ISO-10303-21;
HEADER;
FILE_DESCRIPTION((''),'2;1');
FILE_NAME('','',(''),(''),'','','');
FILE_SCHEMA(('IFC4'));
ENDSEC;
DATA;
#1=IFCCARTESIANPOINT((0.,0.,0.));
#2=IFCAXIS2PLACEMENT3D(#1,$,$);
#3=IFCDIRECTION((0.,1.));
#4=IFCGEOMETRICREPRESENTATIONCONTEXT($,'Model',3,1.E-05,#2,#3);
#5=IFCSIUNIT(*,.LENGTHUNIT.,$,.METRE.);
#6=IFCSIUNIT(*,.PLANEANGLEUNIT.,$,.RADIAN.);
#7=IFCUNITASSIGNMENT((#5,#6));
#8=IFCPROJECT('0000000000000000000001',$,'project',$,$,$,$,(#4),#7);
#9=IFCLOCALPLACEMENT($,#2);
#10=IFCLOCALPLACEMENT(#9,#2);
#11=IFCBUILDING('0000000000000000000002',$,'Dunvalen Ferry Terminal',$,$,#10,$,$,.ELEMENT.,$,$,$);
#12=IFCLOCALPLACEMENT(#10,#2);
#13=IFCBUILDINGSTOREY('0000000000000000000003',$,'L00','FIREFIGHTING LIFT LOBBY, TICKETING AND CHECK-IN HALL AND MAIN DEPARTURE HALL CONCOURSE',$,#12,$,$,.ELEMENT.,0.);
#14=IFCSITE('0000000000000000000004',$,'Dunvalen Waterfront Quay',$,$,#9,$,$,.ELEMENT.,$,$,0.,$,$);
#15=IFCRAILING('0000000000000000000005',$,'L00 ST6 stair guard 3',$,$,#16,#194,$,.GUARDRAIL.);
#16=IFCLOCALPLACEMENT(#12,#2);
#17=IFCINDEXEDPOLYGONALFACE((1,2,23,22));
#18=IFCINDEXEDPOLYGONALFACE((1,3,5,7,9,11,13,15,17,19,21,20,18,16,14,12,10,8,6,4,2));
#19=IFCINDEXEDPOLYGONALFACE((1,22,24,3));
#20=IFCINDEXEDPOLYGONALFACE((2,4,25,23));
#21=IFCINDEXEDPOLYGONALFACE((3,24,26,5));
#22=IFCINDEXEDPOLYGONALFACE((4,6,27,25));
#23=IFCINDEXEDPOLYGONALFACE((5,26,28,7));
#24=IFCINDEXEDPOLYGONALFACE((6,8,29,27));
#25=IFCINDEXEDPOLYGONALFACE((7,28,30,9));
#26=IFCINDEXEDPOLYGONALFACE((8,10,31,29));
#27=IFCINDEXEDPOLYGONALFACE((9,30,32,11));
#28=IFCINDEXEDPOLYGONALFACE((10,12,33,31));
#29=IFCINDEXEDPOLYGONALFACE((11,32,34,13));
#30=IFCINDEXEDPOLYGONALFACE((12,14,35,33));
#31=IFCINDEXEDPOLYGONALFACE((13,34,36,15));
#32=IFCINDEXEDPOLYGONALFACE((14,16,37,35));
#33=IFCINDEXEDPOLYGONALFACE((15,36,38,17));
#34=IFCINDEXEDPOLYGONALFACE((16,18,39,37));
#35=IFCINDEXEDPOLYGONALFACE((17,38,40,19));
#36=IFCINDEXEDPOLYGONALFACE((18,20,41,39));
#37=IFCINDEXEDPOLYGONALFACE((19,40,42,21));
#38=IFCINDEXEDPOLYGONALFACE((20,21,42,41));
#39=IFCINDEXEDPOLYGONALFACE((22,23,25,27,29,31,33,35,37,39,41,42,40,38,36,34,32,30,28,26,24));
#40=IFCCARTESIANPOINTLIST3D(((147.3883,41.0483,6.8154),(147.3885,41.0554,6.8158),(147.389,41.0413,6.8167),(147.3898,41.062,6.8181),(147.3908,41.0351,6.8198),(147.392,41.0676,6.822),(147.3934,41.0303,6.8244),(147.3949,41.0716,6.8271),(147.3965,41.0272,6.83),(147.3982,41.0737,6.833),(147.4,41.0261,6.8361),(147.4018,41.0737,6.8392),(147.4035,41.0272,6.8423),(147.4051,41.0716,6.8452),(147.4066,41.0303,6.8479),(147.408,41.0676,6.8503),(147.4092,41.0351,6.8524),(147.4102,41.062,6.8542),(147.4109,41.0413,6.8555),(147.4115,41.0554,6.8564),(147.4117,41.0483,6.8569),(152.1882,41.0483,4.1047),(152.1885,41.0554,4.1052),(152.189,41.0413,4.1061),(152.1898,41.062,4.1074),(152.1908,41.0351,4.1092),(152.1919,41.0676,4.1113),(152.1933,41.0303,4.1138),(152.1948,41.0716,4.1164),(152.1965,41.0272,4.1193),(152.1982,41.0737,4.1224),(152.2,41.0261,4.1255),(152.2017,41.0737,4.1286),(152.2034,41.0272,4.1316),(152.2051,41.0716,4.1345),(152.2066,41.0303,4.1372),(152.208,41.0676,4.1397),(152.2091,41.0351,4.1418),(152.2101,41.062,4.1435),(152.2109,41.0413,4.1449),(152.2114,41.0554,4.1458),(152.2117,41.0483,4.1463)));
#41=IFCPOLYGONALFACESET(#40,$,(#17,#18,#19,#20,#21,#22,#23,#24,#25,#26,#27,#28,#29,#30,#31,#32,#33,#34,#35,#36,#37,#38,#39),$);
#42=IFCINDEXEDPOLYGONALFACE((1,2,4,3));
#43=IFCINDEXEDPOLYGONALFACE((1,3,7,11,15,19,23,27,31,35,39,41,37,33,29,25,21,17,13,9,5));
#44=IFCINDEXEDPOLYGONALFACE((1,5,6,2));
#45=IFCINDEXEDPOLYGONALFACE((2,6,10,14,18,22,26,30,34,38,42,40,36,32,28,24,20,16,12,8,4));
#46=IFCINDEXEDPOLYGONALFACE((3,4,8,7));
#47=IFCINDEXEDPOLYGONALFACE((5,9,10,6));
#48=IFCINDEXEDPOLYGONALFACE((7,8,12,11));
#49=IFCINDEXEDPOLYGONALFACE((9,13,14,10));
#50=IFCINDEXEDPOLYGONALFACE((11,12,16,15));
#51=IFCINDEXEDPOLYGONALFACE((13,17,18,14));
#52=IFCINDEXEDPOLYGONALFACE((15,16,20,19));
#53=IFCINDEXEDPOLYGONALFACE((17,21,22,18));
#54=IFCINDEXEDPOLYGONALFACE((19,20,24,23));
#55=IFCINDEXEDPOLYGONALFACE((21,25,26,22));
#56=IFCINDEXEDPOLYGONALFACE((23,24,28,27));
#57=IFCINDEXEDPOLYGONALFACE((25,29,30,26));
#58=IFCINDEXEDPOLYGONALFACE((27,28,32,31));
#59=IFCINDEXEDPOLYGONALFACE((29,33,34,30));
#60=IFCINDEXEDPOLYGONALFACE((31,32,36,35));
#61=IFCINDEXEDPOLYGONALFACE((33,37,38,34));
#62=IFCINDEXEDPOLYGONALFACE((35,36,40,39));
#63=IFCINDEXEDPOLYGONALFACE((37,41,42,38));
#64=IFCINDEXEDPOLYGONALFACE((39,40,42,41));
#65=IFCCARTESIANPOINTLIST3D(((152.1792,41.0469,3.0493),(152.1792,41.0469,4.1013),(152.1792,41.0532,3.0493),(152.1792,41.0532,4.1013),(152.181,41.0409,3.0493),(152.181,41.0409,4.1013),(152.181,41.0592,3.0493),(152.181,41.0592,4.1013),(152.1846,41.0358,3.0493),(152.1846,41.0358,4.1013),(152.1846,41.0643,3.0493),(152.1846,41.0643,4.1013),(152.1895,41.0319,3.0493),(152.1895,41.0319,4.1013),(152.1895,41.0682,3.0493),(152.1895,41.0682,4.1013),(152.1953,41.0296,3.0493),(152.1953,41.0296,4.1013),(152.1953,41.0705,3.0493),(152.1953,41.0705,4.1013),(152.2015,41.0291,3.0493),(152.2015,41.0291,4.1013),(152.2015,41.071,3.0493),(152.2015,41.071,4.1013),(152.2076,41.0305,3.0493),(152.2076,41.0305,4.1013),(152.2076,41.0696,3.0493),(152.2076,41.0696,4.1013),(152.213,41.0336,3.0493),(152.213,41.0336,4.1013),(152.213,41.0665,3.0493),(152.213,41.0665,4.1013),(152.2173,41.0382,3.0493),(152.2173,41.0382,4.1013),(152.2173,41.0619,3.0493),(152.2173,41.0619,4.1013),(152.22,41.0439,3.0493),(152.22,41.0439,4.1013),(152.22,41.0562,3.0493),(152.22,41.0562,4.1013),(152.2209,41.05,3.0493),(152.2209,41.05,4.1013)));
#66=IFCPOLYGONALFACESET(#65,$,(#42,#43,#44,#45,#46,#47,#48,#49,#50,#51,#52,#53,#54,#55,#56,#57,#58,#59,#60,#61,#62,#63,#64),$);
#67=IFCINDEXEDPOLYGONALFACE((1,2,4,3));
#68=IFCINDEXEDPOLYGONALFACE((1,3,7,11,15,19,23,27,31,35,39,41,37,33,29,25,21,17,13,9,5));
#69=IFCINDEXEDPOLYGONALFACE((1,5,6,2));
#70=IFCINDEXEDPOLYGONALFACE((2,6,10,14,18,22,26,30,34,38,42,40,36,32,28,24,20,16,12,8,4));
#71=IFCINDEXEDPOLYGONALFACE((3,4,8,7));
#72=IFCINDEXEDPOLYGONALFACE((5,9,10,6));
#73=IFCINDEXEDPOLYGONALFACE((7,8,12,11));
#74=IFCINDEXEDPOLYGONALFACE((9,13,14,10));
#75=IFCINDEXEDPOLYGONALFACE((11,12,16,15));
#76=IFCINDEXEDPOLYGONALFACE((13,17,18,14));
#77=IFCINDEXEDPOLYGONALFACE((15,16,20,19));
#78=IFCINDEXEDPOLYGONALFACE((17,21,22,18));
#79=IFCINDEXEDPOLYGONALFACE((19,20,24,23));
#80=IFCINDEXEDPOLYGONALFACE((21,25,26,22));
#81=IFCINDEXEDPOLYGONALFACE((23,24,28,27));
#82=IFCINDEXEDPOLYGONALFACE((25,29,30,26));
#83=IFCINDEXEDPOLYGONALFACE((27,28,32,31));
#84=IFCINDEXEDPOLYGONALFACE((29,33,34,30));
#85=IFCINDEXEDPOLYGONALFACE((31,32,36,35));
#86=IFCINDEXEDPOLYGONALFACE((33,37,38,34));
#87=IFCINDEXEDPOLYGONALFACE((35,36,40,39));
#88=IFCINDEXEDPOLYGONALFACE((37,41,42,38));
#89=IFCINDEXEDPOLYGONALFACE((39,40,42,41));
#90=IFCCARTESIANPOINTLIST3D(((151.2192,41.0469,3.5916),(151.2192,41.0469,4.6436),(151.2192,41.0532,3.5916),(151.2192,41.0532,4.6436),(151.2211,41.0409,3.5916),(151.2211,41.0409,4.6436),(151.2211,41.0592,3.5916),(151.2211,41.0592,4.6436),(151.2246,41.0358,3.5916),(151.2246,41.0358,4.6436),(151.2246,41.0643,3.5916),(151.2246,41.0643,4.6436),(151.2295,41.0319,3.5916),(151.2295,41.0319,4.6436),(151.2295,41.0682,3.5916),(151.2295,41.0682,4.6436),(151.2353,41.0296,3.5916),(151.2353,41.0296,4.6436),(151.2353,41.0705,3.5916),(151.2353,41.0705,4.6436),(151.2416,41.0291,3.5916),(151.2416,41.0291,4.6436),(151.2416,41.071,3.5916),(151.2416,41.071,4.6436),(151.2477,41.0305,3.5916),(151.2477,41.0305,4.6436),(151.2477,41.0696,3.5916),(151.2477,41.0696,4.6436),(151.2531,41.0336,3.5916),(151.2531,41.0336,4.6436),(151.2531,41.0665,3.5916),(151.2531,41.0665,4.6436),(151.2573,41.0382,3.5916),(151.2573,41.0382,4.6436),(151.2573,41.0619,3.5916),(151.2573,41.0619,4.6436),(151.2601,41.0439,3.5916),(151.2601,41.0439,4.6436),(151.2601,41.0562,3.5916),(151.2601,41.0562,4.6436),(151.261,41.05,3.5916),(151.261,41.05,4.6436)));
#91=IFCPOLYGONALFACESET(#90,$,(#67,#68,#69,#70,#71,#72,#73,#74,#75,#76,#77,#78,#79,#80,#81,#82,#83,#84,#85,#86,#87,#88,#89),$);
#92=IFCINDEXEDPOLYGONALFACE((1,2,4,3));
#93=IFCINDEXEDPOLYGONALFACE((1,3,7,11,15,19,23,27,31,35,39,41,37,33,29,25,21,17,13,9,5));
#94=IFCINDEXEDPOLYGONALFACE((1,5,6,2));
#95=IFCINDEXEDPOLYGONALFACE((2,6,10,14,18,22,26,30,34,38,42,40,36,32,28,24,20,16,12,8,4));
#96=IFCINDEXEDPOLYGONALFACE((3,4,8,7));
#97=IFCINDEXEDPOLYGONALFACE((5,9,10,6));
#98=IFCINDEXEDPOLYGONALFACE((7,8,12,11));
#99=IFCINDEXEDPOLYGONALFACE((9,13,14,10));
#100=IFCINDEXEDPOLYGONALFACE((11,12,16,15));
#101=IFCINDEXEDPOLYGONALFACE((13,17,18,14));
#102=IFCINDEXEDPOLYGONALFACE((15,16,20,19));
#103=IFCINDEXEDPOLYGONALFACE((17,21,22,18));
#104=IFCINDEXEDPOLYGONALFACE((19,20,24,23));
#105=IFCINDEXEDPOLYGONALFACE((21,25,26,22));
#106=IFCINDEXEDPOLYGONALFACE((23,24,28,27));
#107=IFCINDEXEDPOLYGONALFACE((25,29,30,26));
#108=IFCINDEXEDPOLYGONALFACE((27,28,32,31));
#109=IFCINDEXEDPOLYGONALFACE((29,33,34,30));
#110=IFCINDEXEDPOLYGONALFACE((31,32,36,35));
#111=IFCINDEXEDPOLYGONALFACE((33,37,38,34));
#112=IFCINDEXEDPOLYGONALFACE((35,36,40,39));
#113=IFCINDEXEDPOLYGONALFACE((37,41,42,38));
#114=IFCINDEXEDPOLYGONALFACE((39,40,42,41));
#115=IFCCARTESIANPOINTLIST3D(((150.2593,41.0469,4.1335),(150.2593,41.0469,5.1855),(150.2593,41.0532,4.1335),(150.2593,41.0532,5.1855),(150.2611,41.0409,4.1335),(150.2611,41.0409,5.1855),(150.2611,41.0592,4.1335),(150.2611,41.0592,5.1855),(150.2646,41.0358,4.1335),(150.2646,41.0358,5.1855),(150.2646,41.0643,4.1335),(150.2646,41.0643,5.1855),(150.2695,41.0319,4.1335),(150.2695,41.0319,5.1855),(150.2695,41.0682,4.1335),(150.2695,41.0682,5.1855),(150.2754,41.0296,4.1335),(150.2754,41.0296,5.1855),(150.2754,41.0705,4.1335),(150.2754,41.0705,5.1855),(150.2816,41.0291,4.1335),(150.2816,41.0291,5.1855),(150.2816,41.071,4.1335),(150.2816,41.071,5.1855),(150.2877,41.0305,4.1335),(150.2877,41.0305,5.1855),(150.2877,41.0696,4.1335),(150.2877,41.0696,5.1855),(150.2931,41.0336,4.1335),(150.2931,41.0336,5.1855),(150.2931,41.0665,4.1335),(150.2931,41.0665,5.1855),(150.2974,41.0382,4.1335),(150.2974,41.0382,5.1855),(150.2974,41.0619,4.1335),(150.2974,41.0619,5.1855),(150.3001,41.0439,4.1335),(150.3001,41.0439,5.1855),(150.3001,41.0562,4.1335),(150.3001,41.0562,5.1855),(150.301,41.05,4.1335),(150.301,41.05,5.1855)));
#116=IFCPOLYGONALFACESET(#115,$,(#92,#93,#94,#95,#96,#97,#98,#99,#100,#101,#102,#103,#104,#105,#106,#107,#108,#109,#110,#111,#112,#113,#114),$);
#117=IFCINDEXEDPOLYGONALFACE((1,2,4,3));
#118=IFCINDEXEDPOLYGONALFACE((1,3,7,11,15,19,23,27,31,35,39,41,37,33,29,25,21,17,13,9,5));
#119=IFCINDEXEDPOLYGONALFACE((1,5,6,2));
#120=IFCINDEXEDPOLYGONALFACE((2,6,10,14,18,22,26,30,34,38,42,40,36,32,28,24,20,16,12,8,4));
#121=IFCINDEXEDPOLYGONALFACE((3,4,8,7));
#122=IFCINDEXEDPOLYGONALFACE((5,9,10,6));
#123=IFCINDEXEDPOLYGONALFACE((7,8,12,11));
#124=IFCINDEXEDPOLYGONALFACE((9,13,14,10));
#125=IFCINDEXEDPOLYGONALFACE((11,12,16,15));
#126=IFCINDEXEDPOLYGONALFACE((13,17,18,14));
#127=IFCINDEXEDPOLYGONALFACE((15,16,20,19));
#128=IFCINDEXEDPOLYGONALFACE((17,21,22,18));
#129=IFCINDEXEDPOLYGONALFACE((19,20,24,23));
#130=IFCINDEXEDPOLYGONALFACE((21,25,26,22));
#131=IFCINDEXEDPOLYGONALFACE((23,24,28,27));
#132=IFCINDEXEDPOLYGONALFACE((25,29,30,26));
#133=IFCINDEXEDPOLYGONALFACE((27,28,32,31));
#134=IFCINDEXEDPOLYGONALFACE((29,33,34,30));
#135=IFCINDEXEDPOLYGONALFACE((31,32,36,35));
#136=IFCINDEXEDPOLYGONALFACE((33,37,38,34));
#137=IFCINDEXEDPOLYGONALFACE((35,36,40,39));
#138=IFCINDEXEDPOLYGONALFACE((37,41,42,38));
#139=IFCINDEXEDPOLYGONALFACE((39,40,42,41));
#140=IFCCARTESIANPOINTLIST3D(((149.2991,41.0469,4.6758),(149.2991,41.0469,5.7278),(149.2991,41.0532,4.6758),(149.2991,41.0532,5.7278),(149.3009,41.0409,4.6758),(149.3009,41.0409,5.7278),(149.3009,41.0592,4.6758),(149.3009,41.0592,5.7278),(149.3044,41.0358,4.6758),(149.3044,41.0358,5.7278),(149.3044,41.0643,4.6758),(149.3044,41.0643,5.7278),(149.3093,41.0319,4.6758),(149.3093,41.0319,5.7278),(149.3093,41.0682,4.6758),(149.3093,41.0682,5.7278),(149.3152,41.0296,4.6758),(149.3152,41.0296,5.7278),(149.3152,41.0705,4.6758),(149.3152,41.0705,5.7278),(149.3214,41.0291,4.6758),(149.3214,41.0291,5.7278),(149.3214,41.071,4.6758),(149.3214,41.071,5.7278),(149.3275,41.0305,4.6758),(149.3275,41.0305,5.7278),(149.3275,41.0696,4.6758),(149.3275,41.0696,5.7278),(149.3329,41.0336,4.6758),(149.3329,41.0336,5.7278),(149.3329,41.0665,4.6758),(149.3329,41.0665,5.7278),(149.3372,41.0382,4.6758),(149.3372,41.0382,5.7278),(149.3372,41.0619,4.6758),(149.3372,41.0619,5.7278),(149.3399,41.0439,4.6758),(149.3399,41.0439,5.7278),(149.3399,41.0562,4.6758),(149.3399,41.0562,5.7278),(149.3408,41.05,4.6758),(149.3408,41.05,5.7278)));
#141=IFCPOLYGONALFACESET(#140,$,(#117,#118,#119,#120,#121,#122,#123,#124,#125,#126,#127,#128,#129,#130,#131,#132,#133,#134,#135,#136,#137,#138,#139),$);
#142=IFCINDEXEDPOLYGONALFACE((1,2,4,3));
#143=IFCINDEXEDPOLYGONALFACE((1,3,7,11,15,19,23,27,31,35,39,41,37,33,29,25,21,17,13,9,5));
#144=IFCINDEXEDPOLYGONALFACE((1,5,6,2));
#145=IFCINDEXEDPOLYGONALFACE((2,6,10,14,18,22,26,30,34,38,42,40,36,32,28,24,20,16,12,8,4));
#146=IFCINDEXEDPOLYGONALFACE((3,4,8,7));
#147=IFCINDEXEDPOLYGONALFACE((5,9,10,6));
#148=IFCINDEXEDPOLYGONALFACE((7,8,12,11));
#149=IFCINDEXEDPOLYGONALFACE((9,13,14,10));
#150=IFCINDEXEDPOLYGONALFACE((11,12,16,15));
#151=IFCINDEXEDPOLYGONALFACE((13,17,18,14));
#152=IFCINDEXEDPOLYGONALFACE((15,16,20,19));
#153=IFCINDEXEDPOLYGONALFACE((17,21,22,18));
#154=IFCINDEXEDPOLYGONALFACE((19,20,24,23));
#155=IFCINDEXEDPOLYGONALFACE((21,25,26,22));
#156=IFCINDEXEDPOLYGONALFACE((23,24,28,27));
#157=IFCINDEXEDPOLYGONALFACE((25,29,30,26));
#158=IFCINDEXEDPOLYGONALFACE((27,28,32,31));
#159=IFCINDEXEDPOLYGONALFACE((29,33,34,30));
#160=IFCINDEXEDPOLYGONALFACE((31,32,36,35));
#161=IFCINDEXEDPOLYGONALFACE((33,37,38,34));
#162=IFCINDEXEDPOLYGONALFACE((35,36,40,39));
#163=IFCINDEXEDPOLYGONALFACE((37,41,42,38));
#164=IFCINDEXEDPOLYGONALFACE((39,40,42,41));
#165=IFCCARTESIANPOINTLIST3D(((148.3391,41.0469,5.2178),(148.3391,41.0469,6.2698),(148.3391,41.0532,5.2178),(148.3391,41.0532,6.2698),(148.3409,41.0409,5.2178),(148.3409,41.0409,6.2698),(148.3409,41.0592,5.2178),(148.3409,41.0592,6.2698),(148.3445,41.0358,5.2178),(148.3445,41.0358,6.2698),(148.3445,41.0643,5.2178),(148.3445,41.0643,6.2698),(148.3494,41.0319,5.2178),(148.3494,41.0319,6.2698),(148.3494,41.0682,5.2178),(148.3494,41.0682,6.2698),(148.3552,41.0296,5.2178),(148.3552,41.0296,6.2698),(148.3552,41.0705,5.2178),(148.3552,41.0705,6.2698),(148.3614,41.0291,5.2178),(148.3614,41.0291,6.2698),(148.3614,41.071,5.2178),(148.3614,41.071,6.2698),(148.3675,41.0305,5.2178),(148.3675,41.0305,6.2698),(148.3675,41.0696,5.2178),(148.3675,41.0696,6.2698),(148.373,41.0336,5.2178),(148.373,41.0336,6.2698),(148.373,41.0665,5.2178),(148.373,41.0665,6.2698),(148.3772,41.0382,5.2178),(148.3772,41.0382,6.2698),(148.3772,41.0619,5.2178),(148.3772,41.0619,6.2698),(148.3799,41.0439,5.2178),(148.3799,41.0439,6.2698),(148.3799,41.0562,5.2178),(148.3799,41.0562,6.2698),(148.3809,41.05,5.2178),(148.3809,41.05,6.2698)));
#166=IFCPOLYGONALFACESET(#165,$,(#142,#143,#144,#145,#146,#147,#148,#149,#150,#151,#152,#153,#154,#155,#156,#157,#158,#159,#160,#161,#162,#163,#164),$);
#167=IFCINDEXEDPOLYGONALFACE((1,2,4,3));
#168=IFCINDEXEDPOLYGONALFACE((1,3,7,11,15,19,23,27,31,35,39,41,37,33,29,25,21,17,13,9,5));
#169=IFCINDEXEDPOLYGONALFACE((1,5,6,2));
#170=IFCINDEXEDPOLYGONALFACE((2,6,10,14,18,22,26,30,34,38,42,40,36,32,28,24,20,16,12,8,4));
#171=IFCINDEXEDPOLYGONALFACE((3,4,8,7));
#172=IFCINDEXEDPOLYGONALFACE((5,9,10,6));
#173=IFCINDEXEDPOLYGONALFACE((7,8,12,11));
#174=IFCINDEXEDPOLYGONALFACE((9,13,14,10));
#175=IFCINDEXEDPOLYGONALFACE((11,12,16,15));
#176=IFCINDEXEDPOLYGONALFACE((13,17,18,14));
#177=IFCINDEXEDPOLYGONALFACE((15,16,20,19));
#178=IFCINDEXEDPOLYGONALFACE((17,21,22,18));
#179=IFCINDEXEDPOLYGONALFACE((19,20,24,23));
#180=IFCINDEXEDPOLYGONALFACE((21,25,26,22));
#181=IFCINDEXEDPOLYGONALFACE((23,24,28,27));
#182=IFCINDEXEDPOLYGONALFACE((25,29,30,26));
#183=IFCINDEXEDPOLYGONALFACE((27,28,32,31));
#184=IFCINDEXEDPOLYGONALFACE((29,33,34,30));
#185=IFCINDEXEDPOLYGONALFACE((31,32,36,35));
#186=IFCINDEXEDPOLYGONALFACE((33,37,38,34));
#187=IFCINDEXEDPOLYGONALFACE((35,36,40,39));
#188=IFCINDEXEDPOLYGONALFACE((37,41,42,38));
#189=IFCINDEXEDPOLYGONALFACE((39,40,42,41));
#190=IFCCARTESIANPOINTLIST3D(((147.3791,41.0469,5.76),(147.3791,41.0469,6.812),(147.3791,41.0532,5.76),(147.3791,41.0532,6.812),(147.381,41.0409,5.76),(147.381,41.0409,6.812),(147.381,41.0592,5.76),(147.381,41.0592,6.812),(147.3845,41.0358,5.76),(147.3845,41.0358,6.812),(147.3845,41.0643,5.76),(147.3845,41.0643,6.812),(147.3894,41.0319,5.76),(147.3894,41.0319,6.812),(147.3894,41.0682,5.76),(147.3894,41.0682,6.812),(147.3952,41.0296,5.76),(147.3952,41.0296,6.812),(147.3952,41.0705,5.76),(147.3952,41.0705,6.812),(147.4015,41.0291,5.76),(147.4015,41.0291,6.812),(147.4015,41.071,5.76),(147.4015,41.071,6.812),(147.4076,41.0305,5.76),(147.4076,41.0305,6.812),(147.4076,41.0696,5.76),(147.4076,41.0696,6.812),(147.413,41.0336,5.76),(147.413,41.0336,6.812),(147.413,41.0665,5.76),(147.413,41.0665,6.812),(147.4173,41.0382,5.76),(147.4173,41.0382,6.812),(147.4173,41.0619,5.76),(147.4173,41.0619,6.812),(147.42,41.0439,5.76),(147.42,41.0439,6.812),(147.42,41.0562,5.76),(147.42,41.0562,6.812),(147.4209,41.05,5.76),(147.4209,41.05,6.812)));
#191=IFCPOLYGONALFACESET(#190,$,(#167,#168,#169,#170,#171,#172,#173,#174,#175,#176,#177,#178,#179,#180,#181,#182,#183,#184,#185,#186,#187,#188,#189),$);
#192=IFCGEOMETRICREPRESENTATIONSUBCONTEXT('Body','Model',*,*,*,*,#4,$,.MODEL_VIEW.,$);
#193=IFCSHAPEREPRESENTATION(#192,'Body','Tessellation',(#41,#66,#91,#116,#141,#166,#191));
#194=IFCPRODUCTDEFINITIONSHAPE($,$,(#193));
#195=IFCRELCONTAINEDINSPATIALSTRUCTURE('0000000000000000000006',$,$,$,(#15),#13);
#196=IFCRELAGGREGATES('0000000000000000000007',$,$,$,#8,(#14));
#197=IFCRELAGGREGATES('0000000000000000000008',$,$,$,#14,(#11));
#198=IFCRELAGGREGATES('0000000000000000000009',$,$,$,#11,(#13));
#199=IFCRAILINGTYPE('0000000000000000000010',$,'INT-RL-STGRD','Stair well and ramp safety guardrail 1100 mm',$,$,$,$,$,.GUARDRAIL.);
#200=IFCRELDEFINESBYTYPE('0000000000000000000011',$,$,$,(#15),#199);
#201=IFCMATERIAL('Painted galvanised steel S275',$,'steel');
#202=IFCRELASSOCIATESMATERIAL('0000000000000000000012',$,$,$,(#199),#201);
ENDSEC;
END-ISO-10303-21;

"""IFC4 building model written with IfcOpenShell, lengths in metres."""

from ifc_helpers import new_model, si_unit, direction, frame, origin, origin_2d, place, context, subcontext, project, spatial, circle, extrude, material, type_object, element, save


model = new_model("IFC4")

# Units and contexts
model_context = context("Model", 3, precision=1e-05, world=origin(), true_north=direction((0.0, 1.0)))
body_context = subcontext(model_context, "Body", "Model", "MODEL_VIEW")
ifc_project = project(units=[si_unit("LENGTHUNIT", "METRE"), si_unit("PLANEANGLEUNIT", "RADIAN")], contexts=[model_context])

# Site, building, storey
site_placement = place(None, origin())
site = spatial("IfcSite", under=ifc_project, at=site_placement, Name="Dunvalen Waterfront Quay", CompositionType="ELEMENT", RefElevation=0.0)
building_placement = place(site_placement, origin())
building = spatial("IfcBuilding", under=site, at=building_placement, Name="Dunvalen Ferry Terminal", CompositionType="ELEMENT")
storey_placement = place(building_placement, origin())
storey = spatial("IfcBuildingStorey", under=building, at=storey_placement, Name="L00", Description="FIREFIGHTING LIFT LOBBY, TICKETING AND CHECK-IN HALL AND MAIN DEPARTURE HALL CONCOURSE", CompositionType="ELEMENT", Elevation=0.0)

# Railing
ifc_material_1 = material(Name="Painted galvanised steel S275", Category="steel")
railing_type = type_object("IfcRailingType", Name="INT-RL-STGRD", Description="Stair well and ramp safety guardrail 1100 mm", PredefinedType="GUARDRAIL", material=ifc_material_1)
railing_1_placement = place(storey_placement, frame((152.2, 41.05, 3.0493)))
element("IfcRailing", 1, at=railing_1_placement, inside=storey, type_object=railing_type, Name="L00 ST6 stair guard 3", PredefinedType="GUARDRAIL", context=body_context, shape_type="SweptSolid", body=[
    extrude(circle(Radius=0.0239, at=origin_2d()), frame((0.0, 0.0, 1.0762), z_axis=(-0.870748, 0.0, 0.49173), x_axis=(0.0, -1.0, 0.0)), (0.0, 0.0, 1.0), 5.5125),
    extrude(circle(Radius=0.021, at=origin_2d()), origin(), (0.0, 0.0, 1.0), 1.052),
    extrude(circle(Radius=0.021, at=origin_2d()), frame((-0.96, 0.0, 0.5422)), (0.0, 0.0, 1.0), 1.052),
    extrude(circle(Radius=0.021, at=origin_2d()), frame((-1.9199, 0.0, 1.0842)), (0.0, 0.0, 1.0), 1.052),
    extrude(circle(Radius=0.021, at=origin_2d()), frame((-2.8801, 0.0, 1.6265)), (0.0, 0.0, 1.0), 1.052),
    extrude(circle(Radius=0.021, at=origin_2d()), frame((-3.8401, 0.0, 2.1685)), (0.0, 0.0, 1.0), 1.052),
    extrude(circle(Radius=0.021, at=origin_2d()), frame((-4.8, 0.0, 2.7107)), (0.0, 0.0, 1.0), 1.052),
])

save(model, "model.ifc")
